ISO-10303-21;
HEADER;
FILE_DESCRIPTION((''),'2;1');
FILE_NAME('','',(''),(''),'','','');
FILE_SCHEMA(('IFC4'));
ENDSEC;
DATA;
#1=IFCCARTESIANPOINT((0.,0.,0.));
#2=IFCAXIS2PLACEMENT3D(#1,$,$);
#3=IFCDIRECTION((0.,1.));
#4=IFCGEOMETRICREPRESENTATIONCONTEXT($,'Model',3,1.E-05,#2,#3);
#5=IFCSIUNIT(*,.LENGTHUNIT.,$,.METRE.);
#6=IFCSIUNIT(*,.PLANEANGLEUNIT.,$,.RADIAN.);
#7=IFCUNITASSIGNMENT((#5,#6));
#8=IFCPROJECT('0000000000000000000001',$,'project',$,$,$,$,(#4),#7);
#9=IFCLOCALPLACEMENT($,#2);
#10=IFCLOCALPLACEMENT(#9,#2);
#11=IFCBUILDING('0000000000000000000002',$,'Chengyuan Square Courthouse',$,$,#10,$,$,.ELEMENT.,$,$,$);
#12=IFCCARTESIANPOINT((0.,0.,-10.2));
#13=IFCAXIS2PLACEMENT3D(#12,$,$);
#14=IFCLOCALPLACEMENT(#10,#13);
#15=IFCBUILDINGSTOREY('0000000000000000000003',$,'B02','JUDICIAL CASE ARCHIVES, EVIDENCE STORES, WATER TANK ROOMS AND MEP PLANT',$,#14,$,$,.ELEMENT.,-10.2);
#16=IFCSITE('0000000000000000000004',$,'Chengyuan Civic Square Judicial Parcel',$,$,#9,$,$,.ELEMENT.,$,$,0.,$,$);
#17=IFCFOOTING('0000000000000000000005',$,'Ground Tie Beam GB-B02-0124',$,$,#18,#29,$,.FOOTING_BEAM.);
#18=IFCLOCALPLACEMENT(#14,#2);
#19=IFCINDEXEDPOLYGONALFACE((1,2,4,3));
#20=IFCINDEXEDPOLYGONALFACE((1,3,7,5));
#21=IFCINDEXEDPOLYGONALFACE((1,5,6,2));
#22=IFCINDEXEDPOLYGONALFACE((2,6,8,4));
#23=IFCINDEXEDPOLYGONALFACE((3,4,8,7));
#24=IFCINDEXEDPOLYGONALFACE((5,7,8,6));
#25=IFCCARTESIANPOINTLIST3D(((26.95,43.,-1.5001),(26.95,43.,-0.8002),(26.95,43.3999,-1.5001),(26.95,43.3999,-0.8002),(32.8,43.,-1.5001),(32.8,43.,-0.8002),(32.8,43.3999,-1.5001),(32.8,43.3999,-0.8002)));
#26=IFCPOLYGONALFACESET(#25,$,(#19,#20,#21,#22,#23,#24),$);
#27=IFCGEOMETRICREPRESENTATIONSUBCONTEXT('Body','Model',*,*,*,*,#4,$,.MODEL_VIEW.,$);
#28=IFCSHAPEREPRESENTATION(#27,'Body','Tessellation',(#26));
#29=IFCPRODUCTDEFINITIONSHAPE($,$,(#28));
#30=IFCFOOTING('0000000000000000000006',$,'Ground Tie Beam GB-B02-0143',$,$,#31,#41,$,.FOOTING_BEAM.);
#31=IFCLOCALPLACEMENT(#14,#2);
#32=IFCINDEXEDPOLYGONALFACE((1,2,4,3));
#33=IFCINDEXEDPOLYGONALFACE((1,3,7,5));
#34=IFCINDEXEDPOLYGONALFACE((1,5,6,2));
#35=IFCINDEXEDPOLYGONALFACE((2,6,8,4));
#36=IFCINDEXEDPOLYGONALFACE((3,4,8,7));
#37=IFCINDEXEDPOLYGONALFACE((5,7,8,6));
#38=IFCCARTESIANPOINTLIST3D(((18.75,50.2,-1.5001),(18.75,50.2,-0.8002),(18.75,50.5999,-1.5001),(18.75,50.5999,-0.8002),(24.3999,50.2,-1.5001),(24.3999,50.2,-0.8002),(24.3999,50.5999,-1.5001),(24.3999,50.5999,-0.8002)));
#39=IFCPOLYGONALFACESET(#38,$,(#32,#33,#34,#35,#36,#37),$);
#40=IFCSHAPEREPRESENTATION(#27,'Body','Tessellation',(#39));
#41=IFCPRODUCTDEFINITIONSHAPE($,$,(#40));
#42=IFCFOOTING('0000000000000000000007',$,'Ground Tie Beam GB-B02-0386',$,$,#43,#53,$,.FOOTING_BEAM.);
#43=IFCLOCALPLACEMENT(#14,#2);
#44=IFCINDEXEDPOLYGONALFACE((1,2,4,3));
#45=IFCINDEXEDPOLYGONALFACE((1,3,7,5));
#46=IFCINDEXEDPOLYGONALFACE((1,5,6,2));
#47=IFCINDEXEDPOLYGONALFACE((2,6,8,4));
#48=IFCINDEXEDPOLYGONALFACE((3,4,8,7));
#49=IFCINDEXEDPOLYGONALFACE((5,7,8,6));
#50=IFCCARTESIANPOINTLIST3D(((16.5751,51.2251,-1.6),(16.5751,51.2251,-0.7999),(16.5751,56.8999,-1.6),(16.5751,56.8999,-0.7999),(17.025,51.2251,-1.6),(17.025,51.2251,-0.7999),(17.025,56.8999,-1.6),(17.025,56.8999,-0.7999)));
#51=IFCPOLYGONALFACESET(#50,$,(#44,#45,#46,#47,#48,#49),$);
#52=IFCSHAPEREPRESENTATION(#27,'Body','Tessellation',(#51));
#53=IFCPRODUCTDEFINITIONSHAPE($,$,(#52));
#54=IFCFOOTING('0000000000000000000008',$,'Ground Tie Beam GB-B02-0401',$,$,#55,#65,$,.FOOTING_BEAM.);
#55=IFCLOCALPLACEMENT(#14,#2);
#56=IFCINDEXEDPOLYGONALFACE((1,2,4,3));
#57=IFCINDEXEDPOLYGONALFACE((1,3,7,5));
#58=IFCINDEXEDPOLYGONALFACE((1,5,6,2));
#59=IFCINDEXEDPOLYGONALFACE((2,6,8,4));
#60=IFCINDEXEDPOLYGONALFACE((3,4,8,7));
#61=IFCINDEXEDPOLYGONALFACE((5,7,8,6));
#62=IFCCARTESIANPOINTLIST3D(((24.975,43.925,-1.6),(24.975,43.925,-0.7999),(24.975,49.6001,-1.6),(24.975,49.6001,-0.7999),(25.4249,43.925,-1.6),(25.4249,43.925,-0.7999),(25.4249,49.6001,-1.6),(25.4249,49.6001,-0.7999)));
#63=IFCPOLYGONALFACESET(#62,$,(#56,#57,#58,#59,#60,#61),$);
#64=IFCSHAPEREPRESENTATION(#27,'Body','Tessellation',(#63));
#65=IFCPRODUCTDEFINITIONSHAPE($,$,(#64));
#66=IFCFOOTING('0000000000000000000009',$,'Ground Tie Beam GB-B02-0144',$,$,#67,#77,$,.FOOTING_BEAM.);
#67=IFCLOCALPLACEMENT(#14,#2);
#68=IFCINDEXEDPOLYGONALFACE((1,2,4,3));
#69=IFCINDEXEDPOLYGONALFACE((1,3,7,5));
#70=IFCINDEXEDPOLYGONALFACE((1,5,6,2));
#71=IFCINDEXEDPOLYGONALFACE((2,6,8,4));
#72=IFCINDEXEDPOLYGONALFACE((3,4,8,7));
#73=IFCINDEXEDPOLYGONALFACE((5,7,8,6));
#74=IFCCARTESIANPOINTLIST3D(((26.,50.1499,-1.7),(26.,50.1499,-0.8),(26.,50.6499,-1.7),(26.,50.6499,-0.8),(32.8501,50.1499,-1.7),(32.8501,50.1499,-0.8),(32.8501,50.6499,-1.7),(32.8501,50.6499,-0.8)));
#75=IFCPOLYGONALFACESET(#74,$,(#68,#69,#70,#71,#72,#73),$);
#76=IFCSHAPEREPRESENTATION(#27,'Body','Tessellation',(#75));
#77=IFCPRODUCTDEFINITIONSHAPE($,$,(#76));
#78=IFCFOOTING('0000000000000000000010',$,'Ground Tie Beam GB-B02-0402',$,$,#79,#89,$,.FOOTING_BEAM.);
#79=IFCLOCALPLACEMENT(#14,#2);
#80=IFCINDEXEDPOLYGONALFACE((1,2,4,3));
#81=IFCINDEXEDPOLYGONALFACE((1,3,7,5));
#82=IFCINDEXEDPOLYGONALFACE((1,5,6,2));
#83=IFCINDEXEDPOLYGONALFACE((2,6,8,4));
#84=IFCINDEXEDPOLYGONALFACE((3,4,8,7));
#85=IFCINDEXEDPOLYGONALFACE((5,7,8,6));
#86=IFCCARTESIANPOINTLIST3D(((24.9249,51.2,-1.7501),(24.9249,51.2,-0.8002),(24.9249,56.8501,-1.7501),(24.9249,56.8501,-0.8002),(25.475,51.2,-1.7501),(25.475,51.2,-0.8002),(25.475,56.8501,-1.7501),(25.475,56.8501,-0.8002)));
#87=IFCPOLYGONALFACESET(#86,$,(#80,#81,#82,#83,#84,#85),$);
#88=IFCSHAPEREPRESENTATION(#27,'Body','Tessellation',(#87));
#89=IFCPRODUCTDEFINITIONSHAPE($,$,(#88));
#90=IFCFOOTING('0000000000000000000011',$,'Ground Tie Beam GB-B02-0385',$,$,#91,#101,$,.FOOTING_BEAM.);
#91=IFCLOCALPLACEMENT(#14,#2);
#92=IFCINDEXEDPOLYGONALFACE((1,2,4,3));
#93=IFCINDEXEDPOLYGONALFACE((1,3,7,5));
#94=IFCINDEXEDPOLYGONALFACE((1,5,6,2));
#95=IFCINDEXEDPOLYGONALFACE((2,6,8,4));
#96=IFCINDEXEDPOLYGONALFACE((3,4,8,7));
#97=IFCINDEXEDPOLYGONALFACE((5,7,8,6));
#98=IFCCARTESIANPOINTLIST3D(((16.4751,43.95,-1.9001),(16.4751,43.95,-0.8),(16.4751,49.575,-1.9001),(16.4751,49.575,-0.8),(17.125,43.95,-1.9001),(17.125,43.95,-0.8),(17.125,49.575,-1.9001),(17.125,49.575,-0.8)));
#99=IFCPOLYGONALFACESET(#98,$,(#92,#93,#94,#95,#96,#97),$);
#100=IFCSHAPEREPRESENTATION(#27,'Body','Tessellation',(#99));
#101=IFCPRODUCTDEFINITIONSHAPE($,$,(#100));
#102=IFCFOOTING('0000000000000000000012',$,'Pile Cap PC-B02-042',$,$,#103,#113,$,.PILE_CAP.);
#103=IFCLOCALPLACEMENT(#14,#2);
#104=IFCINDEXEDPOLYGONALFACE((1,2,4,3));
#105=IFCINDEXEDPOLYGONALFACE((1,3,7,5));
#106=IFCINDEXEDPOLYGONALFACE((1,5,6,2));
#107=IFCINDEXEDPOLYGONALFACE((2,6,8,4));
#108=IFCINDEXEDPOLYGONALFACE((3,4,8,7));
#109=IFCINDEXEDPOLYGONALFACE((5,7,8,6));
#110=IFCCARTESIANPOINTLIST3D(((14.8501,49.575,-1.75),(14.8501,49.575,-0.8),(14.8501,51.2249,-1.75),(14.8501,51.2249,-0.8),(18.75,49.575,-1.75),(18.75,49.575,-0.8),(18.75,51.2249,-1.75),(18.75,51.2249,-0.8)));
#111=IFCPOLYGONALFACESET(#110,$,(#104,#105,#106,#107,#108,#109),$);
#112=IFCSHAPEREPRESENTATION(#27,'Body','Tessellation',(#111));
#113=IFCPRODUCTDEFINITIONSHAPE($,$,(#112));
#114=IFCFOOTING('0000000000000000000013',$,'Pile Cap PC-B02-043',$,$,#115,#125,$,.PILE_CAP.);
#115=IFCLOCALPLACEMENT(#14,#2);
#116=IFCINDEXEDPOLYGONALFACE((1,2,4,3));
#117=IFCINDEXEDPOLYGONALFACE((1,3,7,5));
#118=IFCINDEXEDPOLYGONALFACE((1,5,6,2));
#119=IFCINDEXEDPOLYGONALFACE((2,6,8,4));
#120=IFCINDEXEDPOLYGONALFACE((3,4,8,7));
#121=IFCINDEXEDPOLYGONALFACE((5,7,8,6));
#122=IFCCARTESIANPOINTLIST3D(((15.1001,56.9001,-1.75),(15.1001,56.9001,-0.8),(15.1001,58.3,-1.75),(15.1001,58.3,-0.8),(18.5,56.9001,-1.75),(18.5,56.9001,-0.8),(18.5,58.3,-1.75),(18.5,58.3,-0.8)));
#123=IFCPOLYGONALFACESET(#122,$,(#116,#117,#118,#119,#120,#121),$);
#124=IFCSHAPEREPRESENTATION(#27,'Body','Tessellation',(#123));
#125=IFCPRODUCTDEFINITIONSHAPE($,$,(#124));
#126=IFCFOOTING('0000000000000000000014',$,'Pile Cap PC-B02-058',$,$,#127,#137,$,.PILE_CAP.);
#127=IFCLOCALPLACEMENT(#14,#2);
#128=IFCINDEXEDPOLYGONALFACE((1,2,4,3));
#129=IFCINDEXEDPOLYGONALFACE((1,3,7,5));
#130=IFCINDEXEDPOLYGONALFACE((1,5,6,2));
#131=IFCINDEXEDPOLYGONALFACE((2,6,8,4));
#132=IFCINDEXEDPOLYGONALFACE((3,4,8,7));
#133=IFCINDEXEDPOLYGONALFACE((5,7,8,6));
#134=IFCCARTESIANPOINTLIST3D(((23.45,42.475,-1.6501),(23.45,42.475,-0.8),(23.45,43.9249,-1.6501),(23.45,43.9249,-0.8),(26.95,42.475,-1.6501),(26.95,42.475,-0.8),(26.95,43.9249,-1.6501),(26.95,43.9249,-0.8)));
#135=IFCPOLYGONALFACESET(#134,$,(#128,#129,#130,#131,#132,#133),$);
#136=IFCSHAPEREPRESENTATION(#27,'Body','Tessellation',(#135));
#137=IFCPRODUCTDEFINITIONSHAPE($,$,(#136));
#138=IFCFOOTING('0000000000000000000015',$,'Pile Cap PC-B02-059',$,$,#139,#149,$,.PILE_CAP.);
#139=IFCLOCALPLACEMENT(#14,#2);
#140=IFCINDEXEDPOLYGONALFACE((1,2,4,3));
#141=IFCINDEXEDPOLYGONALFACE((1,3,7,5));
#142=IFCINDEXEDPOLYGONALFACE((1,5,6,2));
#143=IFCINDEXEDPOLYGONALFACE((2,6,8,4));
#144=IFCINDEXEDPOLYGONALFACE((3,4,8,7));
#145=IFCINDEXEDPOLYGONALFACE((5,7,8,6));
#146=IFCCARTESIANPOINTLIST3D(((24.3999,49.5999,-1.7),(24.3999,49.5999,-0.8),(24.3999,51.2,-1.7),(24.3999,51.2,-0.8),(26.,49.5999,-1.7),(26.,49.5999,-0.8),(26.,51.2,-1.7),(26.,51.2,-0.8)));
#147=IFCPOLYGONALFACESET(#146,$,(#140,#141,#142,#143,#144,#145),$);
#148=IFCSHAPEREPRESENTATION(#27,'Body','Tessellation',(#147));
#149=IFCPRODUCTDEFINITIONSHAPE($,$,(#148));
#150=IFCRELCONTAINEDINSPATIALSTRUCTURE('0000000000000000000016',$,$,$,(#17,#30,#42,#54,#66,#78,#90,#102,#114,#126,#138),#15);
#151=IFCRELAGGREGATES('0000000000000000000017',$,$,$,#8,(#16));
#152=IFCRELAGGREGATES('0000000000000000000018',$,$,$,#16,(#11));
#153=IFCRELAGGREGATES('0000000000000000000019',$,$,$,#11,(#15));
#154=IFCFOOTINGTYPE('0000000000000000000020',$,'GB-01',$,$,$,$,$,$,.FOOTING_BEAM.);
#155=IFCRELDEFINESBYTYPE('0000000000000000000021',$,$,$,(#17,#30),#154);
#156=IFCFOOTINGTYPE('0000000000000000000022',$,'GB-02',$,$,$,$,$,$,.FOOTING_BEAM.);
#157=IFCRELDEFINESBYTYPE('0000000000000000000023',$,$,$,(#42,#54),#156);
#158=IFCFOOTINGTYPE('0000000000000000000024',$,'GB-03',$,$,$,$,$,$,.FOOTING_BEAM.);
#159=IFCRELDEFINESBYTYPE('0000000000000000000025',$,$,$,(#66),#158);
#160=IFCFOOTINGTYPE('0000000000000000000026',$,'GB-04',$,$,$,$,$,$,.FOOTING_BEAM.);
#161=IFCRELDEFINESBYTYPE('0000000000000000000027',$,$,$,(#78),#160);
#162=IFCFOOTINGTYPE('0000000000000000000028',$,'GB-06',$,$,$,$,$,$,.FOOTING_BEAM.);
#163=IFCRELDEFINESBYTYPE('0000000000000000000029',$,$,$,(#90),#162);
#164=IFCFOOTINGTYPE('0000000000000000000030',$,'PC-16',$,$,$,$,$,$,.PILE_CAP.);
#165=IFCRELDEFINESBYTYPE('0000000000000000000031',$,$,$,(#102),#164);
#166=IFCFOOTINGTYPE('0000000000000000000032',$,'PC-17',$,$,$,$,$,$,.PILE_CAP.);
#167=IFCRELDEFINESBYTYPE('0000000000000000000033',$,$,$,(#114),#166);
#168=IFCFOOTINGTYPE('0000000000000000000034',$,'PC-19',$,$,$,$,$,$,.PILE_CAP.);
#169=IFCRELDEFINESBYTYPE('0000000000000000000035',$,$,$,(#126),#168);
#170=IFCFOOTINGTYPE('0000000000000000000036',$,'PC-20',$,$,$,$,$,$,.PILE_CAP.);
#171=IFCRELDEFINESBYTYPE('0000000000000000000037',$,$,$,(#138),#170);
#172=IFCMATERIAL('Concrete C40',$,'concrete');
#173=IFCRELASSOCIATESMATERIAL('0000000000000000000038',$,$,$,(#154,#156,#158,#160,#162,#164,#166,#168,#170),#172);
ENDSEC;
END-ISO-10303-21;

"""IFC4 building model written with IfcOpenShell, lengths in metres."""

from ifc_helpers import new_model, si_unit, direction, frame, origin, origin_2d, place, context, subcontext, project, spatial, rectangle, extrude, material, material_profile, profile_set, type_object, element, save


model = new_model("IFC4")

# Units and contexts
model_context = context("Model", 3, precision=1e-05, world=origin(), true_north=direction((0.0, 1.0)))
body_context = subcontext(model_context, "Body", "Model", "MODEL_VIEW")
ifc_project = project(units=[si_unit("LENGTHUNIT", "METRE"), si_unit("PLANEANGLEUNIT", "RADIAN")], contexts=[model_context])

# Site, building, storey
site_placement = place(None, origin())
site = spatial("IfcSite", under=ifc_project, at=site_placement, Name="Chengyuan Civic Square Judicial Parcel", CompositionType="ELEMENT", RefElevation=0.0)
building_placement = place(site_placement, origin())
building = spatial("IfcBuilding", under=site, at=building_placement, Name="Chengyuan Square Courthouse", CompositionType="ELEMENT")
storey_placement = place(building_placement, frame((0.0, 0.0, -10.2)))
storey = spatial("IfcBuildingStorey", under=building, at=storey_placement, Name="B02", Description="JUDICIAL CASE ARCHIVES, EVIDENCE STORES, WATER TANK ROOMS AND MEP PLANT", CompositionType="ELEMENT", Elevation=-10.2)

# Footings
ifc_material_1 = material(Name="Concrete C40", Category="concrete")
ifc_material_profile_1 = material_profile(ifc_material_1, rectangle(XDim=0.3999, YDim=0.7, at=origin_2d()), Name="GB-400x700")
ifc_profile_set_1 = profile_set([ifc_material_profile_1], Name="Concrete C40")
footing_type_1 = type_object("IfcFootingType", Name="GB-01", PredefinedType="FOOTING_BEAM", material=ifc_profile_set_1)
footing_1_placement = place(storey_placement, frame((26.95, 43.2, -1.1501), z_axis=(1.0, 0.0, 0.0), x_axis=(0.0, 1.0, 0.0)))
element("IfcFooting", 1, at=footing_1_placement, inside=storey, type_object=footing_type_1, Name="Ground Tie Beam GB-B02-0124", PredefinedType="FOOTING_BEAM", context=body_context, shape_type="SweptSolid", body=[
    extrude(rectangle(XDim=0.3999, YDim=0.7, at=origin_2d()), origin(), (0.0, 0.0, 1.0), 5.8501),
])
footing_2_placement = place(storey_placement, frame((18.75, 50.3999, -1.1501), z_axis=(1.0, 0.0, 0.0), x_axis=(0.0, 1.0, 0.0)))
element("IfcFooting", 2, at=footing_2_placement, inside=storey, type_object=footing_type_1, Name="Ground Tie Beam GB-B02-0143", PredefinedType="FOOTING_BEAM", context=body_context, shape_type="SweptSolid", body=[
    extrude(rectangle(XDim=0.3999, YDim=0.7, at=origin_2d()), origin(), (0.0, 0.0, 1.0), 5.6499),
])
ifc_material_profile_2 = material_profile(ifc_material_1, rectangle(XDim=0.45, YDim=0.8, at=origin_2d()), Name="GB-450x800")
ifc_profile_set_2 = profile_set([ifc_material_profile_2], Name="Concrete C40")
footing_type_2 = type_object("IfcFootingType", Name="GB-02", PredefinedType="FOOTING_BEAM", material=ifc_profile_set_2)
footing_3_placement = place(storey_placement, frame((16.8, 51.2251, -1.2), z_axis=(0.0, 1.0, 0.0), x_axis=(-1.0, 0.0, 0.0)))
element("IfcFooting", 3, at=footing_3_placement, inside=storey, type_object=footing_type_2, Name="Ground Tie Beam GB-B02-0386", PredefinedType="FOOTING_BEAM", context=body_context, shape_type="SweptSolid", body=[
    extrude(rectangle(XDim=0.45, YDim=0.8, at=origin_2d()), origin(), (0.0, 0.0, 1.0), 5.6748),
])
footing_4_placement = place(storey_placement, frame((25.2, 43.925, -1.2), z_axis=(0.0, 1.0, 0.0), x_axis=(-1.0, 0.0, 0.0)))
element("IfcFooting", 4, at=footing_4_placement, inside=storey, type_object=footing_type_2, Name="Ground Tie Beam GB-B02-0401", PredefinedType="FOOTING_BEAM", context=body_context, shape_type="SweptSolid", body=[
    extrude(rectangle(XDim=0.45, YDim=0.8, at=origin_2d()), origin(), (0.0, 0.0, 1.0), 5.675),
])
ifc_material_profile_3 = material_profile(ifc_material_1, rectangle(XDim=0.5, YDim=0.8999, at=origin_2d()), Name="GB-500x900")
ifc_profile_set_3 = profile_set([ifc_material_profile_3], Name="Concrete C40")
footing_type_3 = type_object("IfcFootingType", Name="GB-03", PredefinedType="FOOTING_BEAM", material=ifc_profile_set_3)
footing_5_placement = place(storey_placement, frame((26.0, 50.3999, -1.25), z_axis=(1.0, 0.0, 0.0), x_axis=(0.0, 1.0, 0.0)))
element("IfcFooting", 5, at=footing_5_placement, inside=storey, type_object=footing_type_3, Name="Ground Tie Beam GB-B02-0144", PredefinedType="FOOTING_BEAM", context=body_context, shape_type="SweptSolid", body=[
    extrude(rectangle(XDim=0.5, YDim=0.8999, at=origin_2d()), origin(), (0.0, 0.0, 1.0), 6.8501),
])
ifc_material_profile_4 = material_profile(ifc_material_1, rectangle(XDim=0.55, YDim=0.95, at=origin_2d()), Name="GB-550x950")
ifc_profile_set_4 = profile_set([ifc_material_profile_4], Name="Concrete C40")
footing_type_4 = type_object("IfcFootingType", Name="GB-04", PredefinedType="FOOTING_BEAM", material=ifc_profile_set_4)
footing_6_placement = place(storey_placement, frame((25.2, 51.2, -1.2751), z_axis=(0.0, 1.0, 0.0), x_axis=(-1.0, 0.0, 0.0)))
element("IfcFooting", 6, at=footing_6_placement, inside=storey, type_object=footing_type_4, Name="Ground Tie Beam GB-B02-0402", PredefinedType="FOOTING_BEAM", context=body_context, shape_type="SweptSolid", body=[
    extrude(rectangle(XDim=0.55, YDim=0.95, at=origin_2d()), origin(), (0.0, 0.0, 1.0), 5.6501),
])
ifc_material_profile_5 = material_profile(ifc_material_1, rectangle(XDim=0.6499, YDim=1.1001, at=origin_2d()), Name="GB-650x1100")
ifc_profile_set_5 = profile_set([ifc_material_profile_5], Name="Concrete C40")
footing_type_5 = type_object("IfcFootingType", Name="GB-06", PredefinedType="FOOTING_BEAM", material=ifc_profile_set_5)
footing_7_placement = place(storey_placement, frame((16.8, 43.95, -1.3501), z_axis=(0.0, 1.0, 0.0), x_axis=(-1.0, 0.0, 0.0)))
element("IfcFooting", 7, at=footing_7_placement, inside=storey, type_object=footing_type_5, Name="Ground Tie Beam GB-B02-0385", PredefinedType="FOOTING_BEAM", context=body_context, shape_type="SweptSolid", body=[
    extrude(rectangle(XDim=0.6499, YDim=1.1001, at=origin_2d()), origin(), (0.0, 0.0, 1.0), 5.625),
])
footing_type_6 = type_object("IfcFootingType", Name="PC-16", PredefinedType="PILE_CAP", material=ifc_material_1)
footing_8_placement = place(storey_placement, frame((16.8, 50.3999, -1.75), z_axis=(0.0, 0.0, 1.0), x_axis=(1.0, 0.0, 0.0)))
element("IfcFooting", 8, at=footing_8_placement, inside=storey, type_object=footing_type_6, Name="Pile Cap PC-B02-042", PredefinedType="PILE_CAP", context=body_context, shape_type="SweptSolid", body=[
    extrude(rectangle(XDim=3.8999, YDim=1.6499, at=origin_2d()), origin(), (0.0, 0.0, 1.0), 0.95),
])
footing_type_7 = type_object("IfcFootingType", Name="PC-17", PredefinedType="PILE_CAP", material=ifc_material_1)
footing_9_placement = place(storey_placement, frame((16.8, 57.6001, -1.75), z_axis=(0.0, 0.0, 1.0), x_axis=(1.0, 0.0, 0.0)))
element("IfcFooting", 9, at=footing_9_placement, inside=storey, type_object=footing_type_7, Name="Pile Cap PC-B02-043", PredefinedType="PILE_CAP", context=body_context, shape_type="SweptSolid", body=[
    extrude(rectangle(XDim=3.3999, YDim=1.3999, at=origin_2d()), origin(), (0.0, 0.0, 1.0), 0.95),
])
footing_type_8 = type_object("IfcFootingType", Name="PC-19", PredefinedType="PILE_CAP", material=ifc_material_1)
footing_10_placement = place(storey_placement, frame((25.2, 43.2, -1.6501), z_axis=(0.0, 0.0, 1.0), x_axis=(1.0, 0.0, 0.0)))
element("IfcFooting", 10, at=footing_10_placement, inside=storey, type_object=footing_type_8, Name="Pile Cap PC-B02-058", PredefinedType="PILE_CAP", context=body_context, shape_type="SweptSolid", body=[
    extrude(rectangle(XDim=3.5, YDim=1.45, at=origin_2d()), origin(), (0.0, 0.0, 1.0), 0.8501),
])
footing_type_9 = type_object("IfcFootingType", Name="PC-20", PredefinedType="PILE_CAP", material=ifc_material_1)
footing_11_placement = place(storey_placement, frame((25.2, 50.3999, -1.7), z_axis=(0.0, 0.0, 1.0), x_axis=(1.0, 0.0, 0.0)))
element("IfcFooting", 11, at=footing_11_placement, inside=storey, type_object=footing_type_9, Name="Pile Cap PC-B02-059", PredefinedType="PILE_CAP", context=body_context, shape_type="SweptSolid", body=[
    extrude(rectangle(XDim=1.6001, YDim=1.6001, at=origin_2d()), origin(), (0.0, 0.0, 1.0), 0.8999),
])

save(model, "model.ifc")
